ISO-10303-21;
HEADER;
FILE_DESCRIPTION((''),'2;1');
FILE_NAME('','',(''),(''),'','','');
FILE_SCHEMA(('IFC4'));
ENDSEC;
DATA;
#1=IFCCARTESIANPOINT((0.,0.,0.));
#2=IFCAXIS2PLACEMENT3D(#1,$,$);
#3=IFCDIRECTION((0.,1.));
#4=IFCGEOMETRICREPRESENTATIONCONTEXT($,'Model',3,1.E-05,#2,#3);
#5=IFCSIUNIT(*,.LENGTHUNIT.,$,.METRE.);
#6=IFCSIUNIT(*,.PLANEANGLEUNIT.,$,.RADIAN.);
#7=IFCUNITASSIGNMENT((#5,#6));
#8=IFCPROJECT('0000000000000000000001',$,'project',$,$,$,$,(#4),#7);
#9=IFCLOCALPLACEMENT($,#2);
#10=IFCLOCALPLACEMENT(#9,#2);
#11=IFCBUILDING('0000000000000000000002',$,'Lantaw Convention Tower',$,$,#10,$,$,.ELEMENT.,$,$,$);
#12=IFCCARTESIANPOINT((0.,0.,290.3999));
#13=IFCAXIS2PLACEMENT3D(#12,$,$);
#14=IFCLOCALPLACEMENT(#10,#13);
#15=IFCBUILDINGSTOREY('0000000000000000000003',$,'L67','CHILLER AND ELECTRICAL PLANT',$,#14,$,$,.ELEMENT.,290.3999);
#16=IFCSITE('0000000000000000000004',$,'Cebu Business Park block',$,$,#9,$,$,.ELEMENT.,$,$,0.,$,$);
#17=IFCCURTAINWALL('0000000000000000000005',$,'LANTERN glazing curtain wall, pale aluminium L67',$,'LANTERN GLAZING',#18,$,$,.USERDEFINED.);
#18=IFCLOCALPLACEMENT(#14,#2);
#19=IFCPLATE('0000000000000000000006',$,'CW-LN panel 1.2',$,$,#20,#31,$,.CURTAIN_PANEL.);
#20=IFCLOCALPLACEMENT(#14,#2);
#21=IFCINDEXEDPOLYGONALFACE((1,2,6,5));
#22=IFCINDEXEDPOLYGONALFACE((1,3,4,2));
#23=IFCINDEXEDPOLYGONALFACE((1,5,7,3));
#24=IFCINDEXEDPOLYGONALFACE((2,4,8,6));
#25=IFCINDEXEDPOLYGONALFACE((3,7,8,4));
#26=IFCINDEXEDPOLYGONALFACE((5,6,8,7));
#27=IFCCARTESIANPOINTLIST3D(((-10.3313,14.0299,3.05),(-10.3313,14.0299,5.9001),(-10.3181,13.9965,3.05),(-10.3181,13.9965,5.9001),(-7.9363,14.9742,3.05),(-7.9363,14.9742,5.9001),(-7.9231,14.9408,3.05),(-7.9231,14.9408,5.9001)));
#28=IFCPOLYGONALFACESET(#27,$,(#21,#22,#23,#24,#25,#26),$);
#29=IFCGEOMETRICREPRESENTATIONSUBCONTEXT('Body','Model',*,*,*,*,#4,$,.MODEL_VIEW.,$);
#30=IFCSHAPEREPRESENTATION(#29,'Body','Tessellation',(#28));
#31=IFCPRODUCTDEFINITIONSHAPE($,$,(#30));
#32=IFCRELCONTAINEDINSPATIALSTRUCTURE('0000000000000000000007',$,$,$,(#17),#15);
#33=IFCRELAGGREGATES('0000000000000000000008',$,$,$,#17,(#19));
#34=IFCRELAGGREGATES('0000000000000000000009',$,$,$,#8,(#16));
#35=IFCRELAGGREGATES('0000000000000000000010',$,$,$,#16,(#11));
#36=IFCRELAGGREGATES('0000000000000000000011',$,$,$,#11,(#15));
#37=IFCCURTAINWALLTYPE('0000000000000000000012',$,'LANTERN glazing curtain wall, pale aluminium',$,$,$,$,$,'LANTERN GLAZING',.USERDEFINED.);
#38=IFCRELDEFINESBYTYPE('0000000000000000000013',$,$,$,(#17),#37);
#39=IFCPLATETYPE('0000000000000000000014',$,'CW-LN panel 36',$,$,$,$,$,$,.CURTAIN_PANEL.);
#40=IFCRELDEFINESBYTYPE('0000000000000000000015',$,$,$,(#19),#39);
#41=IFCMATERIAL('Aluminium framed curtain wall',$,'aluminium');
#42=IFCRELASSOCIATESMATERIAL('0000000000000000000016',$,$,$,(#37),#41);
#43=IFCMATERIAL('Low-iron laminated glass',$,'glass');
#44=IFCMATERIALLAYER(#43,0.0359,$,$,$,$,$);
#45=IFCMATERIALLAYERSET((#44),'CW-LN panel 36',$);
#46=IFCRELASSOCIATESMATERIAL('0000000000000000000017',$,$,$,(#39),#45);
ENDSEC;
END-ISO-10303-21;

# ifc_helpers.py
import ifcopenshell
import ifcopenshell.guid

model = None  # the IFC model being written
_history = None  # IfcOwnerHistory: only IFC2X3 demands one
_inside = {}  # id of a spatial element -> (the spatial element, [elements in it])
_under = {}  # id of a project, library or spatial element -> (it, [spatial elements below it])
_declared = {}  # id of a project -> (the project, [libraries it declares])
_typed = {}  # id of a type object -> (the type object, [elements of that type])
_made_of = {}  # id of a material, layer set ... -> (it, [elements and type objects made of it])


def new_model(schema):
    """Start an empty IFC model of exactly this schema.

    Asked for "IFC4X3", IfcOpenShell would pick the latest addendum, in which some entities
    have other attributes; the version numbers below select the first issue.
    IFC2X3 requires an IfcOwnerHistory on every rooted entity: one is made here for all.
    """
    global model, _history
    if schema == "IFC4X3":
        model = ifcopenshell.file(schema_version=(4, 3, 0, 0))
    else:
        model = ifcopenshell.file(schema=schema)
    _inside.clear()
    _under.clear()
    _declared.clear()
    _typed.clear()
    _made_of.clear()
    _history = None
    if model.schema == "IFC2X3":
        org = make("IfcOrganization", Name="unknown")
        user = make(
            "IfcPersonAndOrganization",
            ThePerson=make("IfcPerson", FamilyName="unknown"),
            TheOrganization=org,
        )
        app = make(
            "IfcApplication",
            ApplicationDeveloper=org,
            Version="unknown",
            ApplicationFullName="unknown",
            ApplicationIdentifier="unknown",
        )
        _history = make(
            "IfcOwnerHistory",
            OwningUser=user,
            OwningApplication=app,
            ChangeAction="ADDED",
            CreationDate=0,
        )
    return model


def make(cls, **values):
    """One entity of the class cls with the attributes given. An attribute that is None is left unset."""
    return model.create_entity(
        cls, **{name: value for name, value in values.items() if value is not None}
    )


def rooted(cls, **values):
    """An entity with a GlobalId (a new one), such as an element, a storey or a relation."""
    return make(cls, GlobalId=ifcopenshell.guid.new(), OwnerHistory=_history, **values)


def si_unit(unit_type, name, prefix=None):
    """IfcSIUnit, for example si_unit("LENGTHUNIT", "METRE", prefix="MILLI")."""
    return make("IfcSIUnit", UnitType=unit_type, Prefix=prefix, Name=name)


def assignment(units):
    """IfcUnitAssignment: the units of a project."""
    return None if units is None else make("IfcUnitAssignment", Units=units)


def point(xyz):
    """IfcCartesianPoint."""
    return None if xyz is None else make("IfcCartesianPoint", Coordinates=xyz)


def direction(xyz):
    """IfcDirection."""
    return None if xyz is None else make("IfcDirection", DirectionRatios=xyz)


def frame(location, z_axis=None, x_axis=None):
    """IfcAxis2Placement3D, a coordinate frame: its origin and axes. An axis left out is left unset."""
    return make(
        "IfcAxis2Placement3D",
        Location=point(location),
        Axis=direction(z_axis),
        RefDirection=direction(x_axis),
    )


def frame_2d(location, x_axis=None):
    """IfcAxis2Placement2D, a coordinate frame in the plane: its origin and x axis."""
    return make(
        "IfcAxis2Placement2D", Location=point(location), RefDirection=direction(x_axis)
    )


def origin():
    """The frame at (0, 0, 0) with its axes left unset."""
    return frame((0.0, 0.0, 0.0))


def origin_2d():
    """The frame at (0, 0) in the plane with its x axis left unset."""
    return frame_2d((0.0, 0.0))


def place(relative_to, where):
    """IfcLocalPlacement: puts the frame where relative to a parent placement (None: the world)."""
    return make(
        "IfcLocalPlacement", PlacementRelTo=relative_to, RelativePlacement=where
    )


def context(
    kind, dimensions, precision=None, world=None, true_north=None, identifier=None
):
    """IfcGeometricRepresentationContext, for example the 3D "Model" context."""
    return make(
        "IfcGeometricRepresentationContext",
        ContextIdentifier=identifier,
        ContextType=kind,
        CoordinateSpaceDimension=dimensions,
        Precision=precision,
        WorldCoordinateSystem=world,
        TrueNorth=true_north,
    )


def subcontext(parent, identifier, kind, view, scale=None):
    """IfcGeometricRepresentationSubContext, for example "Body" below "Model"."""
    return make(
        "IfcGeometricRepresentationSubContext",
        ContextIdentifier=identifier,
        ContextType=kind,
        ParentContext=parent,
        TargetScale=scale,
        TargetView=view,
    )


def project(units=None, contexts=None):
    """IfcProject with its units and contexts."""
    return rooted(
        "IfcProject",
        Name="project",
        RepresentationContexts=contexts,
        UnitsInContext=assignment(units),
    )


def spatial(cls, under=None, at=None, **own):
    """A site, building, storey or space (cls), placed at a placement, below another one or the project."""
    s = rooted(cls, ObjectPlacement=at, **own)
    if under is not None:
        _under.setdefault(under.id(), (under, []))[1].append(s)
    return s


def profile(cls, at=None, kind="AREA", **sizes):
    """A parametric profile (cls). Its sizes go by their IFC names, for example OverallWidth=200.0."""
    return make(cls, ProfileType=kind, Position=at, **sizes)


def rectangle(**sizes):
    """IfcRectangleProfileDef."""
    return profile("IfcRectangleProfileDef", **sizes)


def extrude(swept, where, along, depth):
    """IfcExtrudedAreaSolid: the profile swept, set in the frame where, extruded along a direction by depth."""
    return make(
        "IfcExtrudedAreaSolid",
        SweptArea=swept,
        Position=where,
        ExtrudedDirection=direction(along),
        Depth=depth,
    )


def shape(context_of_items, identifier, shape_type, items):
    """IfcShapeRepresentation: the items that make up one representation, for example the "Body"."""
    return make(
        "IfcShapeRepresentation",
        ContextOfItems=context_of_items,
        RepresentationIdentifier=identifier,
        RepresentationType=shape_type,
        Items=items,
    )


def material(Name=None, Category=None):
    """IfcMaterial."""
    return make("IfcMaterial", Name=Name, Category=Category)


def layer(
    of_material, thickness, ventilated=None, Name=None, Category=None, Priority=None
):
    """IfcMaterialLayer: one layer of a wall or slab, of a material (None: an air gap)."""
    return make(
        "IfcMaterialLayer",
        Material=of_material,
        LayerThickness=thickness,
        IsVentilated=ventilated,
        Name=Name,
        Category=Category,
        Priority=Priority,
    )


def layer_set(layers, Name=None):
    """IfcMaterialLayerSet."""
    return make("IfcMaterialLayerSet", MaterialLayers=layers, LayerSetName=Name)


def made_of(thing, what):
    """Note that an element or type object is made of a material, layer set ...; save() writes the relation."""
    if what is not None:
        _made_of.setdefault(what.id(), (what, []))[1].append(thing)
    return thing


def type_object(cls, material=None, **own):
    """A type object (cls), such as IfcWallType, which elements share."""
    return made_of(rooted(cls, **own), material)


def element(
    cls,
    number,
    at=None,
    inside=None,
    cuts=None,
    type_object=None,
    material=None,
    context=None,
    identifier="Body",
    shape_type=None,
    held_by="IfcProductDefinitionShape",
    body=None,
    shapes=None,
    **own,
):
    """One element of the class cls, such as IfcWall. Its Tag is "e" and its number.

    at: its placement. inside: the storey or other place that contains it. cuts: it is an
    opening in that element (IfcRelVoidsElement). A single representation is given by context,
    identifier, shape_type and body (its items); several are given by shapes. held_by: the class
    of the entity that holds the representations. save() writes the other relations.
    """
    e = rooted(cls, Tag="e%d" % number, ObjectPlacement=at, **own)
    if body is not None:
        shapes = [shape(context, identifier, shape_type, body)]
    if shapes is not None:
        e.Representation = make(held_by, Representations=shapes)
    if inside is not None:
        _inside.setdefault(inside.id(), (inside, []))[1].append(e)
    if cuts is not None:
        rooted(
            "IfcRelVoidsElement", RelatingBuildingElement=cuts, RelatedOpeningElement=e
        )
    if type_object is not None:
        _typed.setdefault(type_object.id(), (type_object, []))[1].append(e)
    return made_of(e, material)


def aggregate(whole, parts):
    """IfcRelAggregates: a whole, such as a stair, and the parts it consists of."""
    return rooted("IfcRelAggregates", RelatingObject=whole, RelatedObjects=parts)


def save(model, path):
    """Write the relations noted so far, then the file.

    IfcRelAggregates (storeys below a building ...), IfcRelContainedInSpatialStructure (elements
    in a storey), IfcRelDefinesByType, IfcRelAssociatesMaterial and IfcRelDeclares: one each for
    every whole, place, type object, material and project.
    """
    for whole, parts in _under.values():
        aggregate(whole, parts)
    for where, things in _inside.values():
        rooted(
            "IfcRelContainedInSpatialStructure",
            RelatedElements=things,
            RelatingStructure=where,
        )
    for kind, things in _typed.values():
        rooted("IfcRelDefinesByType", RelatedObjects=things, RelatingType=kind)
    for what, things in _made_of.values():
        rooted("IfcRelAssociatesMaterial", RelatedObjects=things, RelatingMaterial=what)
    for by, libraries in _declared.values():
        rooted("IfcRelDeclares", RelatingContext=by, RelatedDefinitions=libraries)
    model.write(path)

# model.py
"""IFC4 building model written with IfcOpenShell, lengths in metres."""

from ifc_helpers import new_model, si_unit, direction, frame, origin, origin_2d, place, context, subcontext, project, spatial, rectangle, extrude, material, layer, layer_set, type_object, element, aggregate, save


model = new_model("IFC4")

# Units and contexts
model_context = context("Model", 3, precision=1e-05, world=origin(), true_north=direction((0.0, 1.0)))
body_context = subcontext(model_context, "Body", "Model", "MODEL_VIEW")
ifc_project = project(units=[si_unit("LENGTHUNIT", "METRE"), si_unit("PLANEANGLEUNIT", "RADIAN")], contexts=[model_context])

# Site, building, storey
site_placement = place(None, origin())
site = spatial("IfcSite", under=ifc_project, at=site_placement, Name="Cebu Business Park block", CompositionType="ELEMENT", RefElevation=0.0)
building_placement = place(site_placement, origin())
building = spatial("IfcBuilding", under=site, at=building_placement, Name="Lantaw Convention Tower", CompositionType="ELEMENT")
storey_placement = place(building_placement, frame((0.0, 0.0, 290.3999)))
storey = spatial("IfcBuildingStorey", under=building, at=storey_placement, Name="L67", Description="CHILLER AND ELECTRICAL PLANT", CompositionType="ELEMENT", Elevation=290.3999)

# Shared definitions
ifc_material_1 = material(Name="Aluminium framed curtain wall", Category="aluminium")
curtain_wall_type = type_object("IfcCurtainWallType", Name="LANTERN glazing curtain wall, pale aluminium", ElementType="LANTERN GLAZING", PredefinedType="USERDEFINED", material=ifc_material_1)

# Curtain wall
curtain_wall_1_placement = place(storey_placement, origin())
curtain_wall_1 = element("IfcCurtainWall", 1, at=curtain_wall_1_placement, inside=storey, type_object=curtain_wall_type, Name="LANTERN glazing curtain wall, pale aluminium L67", ObjectType="LANTERN GLAZING", PredefinedType="USERDEFINED")

# Plate
ifc_material_2 = material(Name="Low-iron laminated glass", Category="glass")
ifc_layer = layer(ifc_material_2, 0.0359)
ifc_layer_set = layer_set([ifc_layer], Name="CW-LN panel 36")
plate_type = type_object("IfcPlateType", Name="CW-LN panel 36", PredefinedType="CURTAIN_PANEL", material=ifc_layer_set)
plate_1_placement = place(storey_placement, frame((-9.1272, 14.4854, 3.05), z_axis=(0.0, 0.0, 1.0), x_axis=(-0.930299, -0.366802, 0.0)))
plate_1 = element("IfcPlate", 2, at=plate_1_placement, type_object=plate_type, Name="CW-LN panel 1.2", PredefinedType="CURTAIN_PANEL", context=body_context, shape_type="SweptSolid", body=[
    extrude(rectangle(XDim=2.5745, YDim=0.0359, at=origin_2d()), origin(), (0.0, 0.0, 1.0), 2.8501),
])
aggregate(curtain_wall_1, [plate_1])

save(model, "model.ifc")
